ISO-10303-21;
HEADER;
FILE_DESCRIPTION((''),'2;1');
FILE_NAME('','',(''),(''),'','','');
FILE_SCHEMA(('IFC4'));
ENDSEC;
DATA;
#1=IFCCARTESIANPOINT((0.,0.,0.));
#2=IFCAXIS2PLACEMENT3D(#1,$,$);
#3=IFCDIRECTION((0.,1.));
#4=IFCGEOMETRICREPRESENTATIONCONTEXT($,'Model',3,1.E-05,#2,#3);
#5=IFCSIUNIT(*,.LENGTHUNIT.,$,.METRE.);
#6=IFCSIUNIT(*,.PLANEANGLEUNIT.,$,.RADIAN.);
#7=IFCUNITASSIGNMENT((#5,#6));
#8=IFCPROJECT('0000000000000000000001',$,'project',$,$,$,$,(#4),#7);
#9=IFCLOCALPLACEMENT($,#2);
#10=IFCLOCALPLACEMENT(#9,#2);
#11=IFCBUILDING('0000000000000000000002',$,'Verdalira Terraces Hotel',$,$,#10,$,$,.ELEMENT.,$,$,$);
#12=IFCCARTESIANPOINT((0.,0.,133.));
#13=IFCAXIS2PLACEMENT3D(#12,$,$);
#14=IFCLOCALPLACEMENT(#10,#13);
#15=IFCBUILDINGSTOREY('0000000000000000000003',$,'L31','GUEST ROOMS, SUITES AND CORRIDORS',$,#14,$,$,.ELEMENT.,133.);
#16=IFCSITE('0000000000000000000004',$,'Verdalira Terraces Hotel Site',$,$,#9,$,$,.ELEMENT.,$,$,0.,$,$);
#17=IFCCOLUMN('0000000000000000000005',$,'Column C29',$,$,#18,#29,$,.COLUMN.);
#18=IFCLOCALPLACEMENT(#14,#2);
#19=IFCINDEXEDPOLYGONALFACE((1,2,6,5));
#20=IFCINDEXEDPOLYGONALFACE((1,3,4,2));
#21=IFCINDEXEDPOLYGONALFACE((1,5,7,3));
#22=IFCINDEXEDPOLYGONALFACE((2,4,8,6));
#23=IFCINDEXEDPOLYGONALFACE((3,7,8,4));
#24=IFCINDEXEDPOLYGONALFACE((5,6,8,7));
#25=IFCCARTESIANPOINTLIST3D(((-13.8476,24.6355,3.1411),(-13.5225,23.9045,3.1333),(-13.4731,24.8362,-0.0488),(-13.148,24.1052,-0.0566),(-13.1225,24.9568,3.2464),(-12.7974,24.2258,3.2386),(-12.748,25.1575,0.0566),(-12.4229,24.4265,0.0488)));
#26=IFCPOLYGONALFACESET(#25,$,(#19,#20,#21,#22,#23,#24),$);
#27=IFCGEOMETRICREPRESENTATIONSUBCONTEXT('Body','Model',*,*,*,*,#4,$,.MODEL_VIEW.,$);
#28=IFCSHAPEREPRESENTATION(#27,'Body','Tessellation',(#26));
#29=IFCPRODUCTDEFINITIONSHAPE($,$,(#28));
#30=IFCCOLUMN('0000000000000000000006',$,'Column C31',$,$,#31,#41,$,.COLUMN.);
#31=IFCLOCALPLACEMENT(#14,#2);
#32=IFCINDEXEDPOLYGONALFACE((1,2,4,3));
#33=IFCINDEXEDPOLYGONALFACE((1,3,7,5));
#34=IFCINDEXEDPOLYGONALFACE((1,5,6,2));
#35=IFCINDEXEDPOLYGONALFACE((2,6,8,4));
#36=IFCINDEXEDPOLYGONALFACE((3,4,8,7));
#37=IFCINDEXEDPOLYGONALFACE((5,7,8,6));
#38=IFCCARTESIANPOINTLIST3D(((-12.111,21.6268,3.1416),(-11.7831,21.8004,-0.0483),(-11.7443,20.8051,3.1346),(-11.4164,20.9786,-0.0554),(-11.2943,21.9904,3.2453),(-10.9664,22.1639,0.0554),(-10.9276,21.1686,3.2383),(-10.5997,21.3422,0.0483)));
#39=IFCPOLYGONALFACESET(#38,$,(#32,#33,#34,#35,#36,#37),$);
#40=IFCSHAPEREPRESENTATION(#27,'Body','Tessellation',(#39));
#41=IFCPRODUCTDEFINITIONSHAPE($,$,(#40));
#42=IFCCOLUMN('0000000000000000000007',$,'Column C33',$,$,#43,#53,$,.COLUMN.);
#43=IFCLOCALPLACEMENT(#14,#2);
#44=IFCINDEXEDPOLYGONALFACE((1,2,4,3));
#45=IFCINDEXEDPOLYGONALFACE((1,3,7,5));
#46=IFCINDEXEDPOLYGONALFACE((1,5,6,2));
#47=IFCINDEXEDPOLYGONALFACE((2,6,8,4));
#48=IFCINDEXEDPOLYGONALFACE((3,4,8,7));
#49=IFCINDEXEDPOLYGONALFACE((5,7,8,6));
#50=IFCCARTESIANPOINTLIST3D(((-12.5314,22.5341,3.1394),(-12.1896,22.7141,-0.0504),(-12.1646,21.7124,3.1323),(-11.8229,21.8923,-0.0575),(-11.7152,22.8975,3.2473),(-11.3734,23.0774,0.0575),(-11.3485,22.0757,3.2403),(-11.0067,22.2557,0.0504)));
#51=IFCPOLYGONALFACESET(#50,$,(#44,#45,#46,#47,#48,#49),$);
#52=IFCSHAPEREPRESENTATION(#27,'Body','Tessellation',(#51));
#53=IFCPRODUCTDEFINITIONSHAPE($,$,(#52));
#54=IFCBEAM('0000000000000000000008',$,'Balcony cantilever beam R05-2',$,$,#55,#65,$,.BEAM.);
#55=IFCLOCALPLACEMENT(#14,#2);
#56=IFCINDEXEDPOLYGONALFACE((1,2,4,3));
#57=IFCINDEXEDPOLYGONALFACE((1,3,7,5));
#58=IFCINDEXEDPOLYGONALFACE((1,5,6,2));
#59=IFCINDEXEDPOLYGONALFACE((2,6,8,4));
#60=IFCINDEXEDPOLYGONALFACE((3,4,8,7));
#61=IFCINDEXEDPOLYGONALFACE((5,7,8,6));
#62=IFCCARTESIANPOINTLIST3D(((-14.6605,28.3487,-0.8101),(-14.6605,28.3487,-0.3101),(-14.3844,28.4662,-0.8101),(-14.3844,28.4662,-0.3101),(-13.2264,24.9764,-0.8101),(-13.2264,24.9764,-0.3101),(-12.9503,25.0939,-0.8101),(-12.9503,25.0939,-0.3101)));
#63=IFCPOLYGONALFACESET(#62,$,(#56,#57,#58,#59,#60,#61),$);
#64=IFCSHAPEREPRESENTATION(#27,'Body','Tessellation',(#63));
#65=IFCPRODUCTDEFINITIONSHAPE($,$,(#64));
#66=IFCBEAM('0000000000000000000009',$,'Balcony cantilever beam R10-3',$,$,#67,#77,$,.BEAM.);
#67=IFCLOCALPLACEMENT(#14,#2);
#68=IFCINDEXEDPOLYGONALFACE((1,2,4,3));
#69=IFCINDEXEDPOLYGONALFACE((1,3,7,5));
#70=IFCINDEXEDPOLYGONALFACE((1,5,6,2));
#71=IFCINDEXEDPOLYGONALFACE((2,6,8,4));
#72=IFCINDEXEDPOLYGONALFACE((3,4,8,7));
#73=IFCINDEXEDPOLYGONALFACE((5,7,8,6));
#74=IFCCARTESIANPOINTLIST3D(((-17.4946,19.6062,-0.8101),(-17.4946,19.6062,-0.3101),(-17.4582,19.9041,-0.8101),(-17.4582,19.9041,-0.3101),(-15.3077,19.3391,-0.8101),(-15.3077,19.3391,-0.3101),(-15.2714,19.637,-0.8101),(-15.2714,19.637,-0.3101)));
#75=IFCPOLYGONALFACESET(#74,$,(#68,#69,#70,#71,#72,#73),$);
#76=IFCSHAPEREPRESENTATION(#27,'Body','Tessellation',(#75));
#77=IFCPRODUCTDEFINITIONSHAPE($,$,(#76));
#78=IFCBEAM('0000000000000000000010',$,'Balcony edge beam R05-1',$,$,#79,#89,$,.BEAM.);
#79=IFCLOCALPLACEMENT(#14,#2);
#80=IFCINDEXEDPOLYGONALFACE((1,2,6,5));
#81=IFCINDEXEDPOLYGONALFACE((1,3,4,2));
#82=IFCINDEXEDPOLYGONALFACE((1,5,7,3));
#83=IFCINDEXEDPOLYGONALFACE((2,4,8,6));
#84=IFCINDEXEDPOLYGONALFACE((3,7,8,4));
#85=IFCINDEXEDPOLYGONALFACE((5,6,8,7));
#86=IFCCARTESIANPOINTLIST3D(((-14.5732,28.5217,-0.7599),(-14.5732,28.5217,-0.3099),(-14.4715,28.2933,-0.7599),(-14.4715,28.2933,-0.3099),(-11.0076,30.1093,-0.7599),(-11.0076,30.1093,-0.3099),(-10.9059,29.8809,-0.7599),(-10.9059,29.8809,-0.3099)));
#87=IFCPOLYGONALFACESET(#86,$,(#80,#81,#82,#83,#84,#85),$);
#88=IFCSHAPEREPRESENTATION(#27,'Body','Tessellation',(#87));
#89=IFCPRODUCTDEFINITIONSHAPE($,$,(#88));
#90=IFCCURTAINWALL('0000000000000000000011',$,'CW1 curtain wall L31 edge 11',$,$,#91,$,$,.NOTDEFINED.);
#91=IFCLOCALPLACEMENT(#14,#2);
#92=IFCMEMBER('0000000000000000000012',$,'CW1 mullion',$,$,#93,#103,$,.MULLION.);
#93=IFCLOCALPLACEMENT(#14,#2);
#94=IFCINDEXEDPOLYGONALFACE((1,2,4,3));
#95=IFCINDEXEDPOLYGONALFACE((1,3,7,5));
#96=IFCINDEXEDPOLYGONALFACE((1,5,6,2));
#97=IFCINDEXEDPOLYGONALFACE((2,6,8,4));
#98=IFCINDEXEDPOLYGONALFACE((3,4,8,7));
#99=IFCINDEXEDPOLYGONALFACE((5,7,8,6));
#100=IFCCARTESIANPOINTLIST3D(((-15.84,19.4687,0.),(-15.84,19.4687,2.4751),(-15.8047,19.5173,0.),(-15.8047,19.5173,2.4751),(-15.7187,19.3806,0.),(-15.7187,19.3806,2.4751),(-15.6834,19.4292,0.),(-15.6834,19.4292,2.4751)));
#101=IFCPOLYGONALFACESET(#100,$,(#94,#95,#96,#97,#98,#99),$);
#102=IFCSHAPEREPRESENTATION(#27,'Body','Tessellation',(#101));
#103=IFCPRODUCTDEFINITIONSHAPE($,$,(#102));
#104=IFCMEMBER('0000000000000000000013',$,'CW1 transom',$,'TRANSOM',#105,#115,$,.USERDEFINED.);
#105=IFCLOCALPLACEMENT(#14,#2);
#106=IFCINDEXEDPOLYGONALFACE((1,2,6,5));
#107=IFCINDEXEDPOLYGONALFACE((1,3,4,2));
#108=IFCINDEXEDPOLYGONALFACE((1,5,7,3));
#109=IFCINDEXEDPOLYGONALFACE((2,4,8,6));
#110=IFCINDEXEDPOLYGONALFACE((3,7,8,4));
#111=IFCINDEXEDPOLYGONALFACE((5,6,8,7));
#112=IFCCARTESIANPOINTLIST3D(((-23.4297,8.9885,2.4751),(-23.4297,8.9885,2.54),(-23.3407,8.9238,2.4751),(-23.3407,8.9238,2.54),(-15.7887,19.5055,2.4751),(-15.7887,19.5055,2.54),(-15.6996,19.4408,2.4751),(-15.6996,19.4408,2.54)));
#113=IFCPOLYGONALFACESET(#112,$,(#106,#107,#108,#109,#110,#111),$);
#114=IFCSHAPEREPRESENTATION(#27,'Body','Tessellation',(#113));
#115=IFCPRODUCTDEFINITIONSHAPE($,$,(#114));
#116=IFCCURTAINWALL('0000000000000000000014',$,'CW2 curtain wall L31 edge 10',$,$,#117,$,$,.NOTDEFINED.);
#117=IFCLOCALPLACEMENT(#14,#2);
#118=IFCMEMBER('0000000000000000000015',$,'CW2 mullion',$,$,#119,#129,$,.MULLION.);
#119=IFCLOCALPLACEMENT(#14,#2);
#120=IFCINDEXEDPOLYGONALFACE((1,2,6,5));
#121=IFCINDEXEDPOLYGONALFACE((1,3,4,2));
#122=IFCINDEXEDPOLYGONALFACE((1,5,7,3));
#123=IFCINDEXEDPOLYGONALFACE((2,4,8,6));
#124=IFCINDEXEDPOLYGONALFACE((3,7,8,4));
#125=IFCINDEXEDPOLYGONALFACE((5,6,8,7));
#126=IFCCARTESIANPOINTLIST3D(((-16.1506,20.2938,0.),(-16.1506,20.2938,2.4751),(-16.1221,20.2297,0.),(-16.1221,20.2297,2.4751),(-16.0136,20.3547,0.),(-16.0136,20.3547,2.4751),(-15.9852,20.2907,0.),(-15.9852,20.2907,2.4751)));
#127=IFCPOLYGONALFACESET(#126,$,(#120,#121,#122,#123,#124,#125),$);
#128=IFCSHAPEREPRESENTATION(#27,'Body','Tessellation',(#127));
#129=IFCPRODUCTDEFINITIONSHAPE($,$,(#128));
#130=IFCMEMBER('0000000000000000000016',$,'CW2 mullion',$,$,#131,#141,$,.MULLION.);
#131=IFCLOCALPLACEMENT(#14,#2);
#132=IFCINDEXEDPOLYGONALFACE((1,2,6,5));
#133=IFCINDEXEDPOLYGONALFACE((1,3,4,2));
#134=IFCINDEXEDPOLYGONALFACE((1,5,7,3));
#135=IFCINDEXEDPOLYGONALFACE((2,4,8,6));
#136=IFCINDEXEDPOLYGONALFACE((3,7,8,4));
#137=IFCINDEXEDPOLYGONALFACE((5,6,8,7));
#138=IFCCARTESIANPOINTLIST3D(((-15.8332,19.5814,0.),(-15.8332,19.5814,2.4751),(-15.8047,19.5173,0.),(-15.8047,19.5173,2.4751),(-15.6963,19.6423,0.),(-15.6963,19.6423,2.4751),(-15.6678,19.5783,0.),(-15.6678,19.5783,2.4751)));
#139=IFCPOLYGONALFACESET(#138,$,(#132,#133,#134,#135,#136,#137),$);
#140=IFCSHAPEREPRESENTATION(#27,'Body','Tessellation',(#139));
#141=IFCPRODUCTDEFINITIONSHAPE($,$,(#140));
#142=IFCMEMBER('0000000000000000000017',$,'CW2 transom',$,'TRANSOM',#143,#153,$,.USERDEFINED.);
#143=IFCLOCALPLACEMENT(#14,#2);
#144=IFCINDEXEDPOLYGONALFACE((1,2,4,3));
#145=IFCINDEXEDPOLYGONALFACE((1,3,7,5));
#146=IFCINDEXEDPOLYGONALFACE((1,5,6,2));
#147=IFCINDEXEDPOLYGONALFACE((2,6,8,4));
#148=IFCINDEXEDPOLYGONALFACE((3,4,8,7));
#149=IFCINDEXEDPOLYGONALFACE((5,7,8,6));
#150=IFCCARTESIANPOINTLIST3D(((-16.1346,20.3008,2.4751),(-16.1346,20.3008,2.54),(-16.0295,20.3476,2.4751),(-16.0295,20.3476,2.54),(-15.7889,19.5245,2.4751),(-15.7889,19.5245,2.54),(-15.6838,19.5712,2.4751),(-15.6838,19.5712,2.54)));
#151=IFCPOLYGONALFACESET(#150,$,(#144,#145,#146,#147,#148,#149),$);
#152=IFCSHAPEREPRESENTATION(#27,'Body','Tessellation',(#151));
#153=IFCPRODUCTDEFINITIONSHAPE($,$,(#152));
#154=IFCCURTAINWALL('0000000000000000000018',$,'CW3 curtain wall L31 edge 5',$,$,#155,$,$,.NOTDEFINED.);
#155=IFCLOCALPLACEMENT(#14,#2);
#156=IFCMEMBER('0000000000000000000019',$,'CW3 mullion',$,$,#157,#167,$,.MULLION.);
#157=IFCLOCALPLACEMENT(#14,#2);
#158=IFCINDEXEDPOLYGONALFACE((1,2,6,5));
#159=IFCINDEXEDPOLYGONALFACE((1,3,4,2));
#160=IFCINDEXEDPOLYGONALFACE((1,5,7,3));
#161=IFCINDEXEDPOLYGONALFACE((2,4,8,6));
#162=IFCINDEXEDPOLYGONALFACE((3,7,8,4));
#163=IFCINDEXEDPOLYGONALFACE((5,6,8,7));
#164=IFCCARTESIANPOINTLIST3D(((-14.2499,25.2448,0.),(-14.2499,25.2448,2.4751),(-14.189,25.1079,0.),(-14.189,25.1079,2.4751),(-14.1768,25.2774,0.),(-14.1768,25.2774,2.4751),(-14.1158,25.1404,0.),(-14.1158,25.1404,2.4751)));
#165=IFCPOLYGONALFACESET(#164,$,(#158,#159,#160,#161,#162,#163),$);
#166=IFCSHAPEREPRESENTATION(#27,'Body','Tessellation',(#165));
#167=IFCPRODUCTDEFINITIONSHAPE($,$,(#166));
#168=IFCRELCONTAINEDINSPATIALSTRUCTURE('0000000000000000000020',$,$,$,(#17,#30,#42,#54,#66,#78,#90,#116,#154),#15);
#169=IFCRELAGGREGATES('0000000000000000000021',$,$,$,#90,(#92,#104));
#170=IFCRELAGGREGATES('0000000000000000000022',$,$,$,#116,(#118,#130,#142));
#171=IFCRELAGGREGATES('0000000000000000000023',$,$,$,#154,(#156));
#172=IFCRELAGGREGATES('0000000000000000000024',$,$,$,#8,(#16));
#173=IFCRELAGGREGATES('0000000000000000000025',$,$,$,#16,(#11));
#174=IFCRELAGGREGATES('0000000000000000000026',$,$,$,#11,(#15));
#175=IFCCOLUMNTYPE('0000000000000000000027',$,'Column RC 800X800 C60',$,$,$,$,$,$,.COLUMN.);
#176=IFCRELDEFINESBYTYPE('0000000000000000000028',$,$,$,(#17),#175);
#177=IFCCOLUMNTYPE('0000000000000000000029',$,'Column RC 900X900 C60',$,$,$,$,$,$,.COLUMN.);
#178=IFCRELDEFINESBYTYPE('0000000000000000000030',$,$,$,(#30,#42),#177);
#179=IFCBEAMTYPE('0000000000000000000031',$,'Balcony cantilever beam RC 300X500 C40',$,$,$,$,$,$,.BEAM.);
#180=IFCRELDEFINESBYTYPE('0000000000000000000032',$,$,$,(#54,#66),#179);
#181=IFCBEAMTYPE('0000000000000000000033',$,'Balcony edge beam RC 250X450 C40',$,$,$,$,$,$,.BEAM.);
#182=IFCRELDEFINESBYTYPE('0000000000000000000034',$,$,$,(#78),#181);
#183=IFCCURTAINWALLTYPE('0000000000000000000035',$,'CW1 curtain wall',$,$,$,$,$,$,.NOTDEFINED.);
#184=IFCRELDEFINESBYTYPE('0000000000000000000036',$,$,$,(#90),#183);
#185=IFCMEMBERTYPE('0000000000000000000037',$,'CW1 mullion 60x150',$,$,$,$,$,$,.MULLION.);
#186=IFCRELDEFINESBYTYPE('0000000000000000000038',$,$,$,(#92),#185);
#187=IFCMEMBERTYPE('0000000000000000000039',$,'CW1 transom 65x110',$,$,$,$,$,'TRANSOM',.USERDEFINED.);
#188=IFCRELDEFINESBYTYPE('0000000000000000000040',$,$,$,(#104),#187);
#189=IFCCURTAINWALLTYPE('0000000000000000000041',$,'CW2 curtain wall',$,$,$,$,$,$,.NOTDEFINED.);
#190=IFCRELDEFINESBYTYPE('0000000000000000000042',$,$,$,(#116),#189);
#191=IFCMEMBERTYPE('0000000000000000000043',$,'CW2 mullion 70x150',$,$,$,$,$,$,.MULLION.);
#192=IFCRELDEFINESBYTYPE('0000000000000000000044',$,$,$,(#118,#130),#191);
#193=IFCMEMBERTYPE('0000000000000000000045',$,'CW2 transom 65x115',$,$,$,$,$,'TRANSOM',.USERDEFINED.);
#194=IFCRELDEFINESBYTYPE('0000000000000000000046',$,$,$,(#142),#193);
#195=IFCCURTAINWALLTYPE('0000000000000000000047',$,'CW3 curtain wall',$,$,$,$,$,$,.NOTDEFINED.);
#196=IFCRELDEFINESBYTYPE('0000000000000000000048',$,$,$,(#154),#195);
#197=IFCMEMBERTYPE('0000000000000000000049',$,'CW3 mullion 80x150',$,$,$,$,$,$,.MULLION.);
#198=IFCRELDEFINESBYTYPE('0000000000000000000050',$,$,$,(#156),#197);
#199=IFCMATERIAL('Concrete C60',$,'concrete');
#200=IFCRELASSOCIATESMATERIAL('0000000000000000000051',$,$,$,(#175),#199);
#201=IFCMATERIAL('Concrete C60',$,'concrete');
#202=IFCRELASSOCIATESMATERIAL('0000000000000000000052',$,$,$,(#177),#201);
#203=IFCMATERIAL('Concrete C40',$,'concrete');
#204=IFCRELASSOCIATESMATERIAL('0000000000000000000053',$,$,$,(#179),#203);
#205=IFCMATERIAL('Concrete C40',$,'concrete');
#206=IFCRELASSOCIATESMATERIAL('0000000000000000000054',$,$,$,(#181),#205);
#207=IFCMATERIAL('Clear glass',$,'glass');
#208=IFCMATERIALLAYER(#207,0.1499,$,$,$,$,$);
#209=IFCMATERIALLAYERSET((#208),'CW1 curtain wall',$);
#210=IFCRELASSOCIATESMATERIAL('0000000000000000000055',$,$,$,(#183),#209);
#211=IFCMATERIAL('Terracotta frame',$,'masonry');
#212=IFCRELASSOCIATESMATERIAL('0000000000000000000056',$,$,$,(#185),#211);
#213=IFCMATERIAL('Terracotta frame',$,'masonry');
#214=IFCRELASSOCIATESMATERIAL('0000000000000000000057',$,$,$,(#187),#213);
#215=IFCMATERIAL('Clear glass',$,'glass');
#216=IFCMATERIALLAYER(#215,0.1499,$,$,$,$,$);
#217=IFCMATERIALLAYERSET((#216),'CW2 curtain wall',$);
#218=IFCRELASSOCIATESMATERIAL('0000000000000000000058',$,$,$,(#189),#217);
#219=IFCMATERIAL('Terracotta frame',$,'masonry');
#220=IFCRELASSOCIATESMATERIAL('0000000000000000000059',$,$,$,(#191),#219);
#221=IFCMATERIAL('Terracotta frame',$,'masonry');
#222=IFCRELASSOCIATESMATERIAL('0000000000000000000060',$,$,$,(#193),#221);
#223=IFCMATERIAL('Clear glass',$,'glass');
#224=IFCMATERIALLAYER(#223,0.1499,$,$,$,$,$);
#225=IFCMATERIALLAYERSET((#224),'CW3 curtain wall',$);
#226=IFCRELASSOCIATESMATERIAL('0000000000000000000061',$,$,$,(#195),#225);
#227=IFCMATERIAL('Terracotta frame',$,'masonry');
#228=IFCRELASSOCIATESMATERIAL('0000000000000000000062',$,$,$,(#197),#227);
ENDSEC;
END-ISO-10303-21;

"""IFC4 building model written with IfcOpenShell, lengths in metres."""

from ifc_helpers import new_model, si_unit, direction, frame, origin, origin_2d, place, context, subcontext, project, spatial, rectangle, extrude, material, layer, layer_set, material_profile, profile_set, type_object, element, aggregate, save


model = new_model("IFC4")

# Units and contexts
model_context = context("Model", 3, precision=1e-05, world=origin(), true_north=direction((0.0, 1.0)))
body_context = subcontext(model_context, "Body", "Model", "MODEL_VIEW")
ifc_project = project(units=[si_unit("LENGTHUNIT", "METRE"), si_unit("PLANEANGLEUNIT", "RADIAN")], contexts=[model_context])

# Site, building, storey
site_placement = place(None, origin())
site = spatial("IfcSite", under=ifc_project, at=site_placement, Name="Verdalira Terraces Hotel Site", CompositionType="ELEMENT", RefElevation=0.0)
building_placement = place(site_placement, origin())
building = spatial("IfcBuilding", under=site, at=building_placement, Name="Verdalira Terraces Hotel", CompositionType="ELEMENT")
storey_placement = place(building_placement, frame((0.0, 0.0, 133.0)))
storey = spatial("IfcBuildingStorey", under=building, at=storey_placement, Name="L31", Description="GUEST ROOMS, SUITES AND CORRIDORS", CompositionType="ELEMENT", Elevation=133.0)

# Columns
ifc_material_1 = material(Name="Concrete C60", Category="concrete")
ifc_material_profile_1 = material_profile(ifc_material_1, rectangle(XDim=0.8, YDim=0.8, at=origin_2d()), Name="RC 800X800")
ifc_profile_set_1 = profile_set([ifc_material_profile_1], Name="Concrete C60")
column_type_1 = type_object("IfcColumnType", Name="Column RC 800X800 C60", PredefinedType="COLUMN", material=ifc_profile_set_1)
column_1_placement = place(storey_placement, frame((-12.948, 24.6313, 0.0), z_axis=(-0.116376, -0.062361, 0.991246), x_axis=(-0.906287, -0.401631, -0.131669)))
element("IfcColumn", 1, at=column_1_placement, inside=storey, type_object=column_type_1, Name="Column C29", PredefinedType="COLUMN", context=body_context, shape_type="SweptSolid", body=[
    extrude(rectangle(XDim=0.8, YDim=0.8, at=origin_2d()), origin(), (0.0, 0.0, 1.0), 3.218),
])
ifc_material_2 = material(Name="Concrete C60", Category="concrete")
ifc_material_profile_2 = material_profile(ifc_material_2, rectangle(XDim=0.8999, YDim=0.8999, at=origin_2d()), Name="RC 900X900")
ifc_profile_set_2 = profile_set([ifc_material_profile_2], Name="Concrete C60")
column_type_2 = type_object("IfcColumnType", Name="Column RC 900X900 C60", PredefinedType="COLUMN", material=ifc_profile_set_2)
column_2_placement = place(storey_placement, frame((-11.1914, 21.5713, 0.0), z_axis=(-0.102098, -0.054052, 0.993305), x_axis=(-0.407498, 0.913173, 0.007806)))
element("IfcColumn", 2, at=column_2_placement, inside=storey, type_object=column_type_2, Name="Column C31", PredefinedType="COLUMN", context=body_context, shape_type="SweptSolid", body=[
    extrude(rectangle(XDim=0.8999, YDim=0.8999, at=origin_2d()), origin(), (0.0, 0.0, 1.0), 3.2114),
])
column_3_placement = place(storey_placement, frame((-11.5981, 22.4849, 0.0), z_axis=(-0.106371, -0.055997, 0.992748), x_axis=(-0.407558, 0.913146, 0.007838)))
element("IfcColumn", 3, at=column_3_placement, inside=storey, type_object=column_type_2, Name="Column C33", PredefinedType="COLUMN", context=body_context, shape_type="SweptSolid", body=[
    extrude(rectangle(XDim=0.8999, YDim=0.8999, at=origin_2d()), origin(), (0.0, 0.0, 1.0), 3.2131),
])

# Beams
ifc_material_3 = material(Name="Concrete C40", Category="concrete")
ifc_material_profile_3 = material_profile(ifc_material_3, rectangle(XDim=0.3, YDim=0.5, at=origin_2d()), Name="RC 300X500")
ifc_profile_set_3 = profile_set([ifc_material_profile_3], Name="Concrete C40")
beam_type_1 = type_object("IfcBeamType", Name="Balcony cantilever beam RC 300X500 C40", PredefinedType="BEAM", material=ifc_profile_set_3)
beam_1_placement = place(storey_placement, frame((-13.0884, 25.0352, -0.5601), z_axis=(-0.391337, 0.920248, 0.0), x_axis=(-0.920248, -0.391337, 0.0)))
element("IfcBeam", 4, at=beam_1_placement, inside=storey, type_object=beam_type_1, Name="Balcony cantilever beam R05-2", PredefinedType="BEAM", context=body_context, shape_type="SweptSolid", body=[
    extrude(rectangle(XDim=0.3, YDim=0.5, at=origin_2d()), origin(), (0.0, 0.0, 1.0), 3.6646),
])
beam_2_placement = place(storey_placement, frame((-15.2896, 19.488, -0.5601), z_axis=(-0.992623, 0.121238, 0.0), x_axis=(-0.121238, -0.992623, 0.0)))
element("IfcBeam", 5, at=beam_2_placement, inside=storey, type_object=beam_type_1, Name="Balcony cantilever beam R10-3", PredefinedType="BEAM", context=body_context, shape_type="SweptSolid", body=[
    extrude(rectangle(XDim=0.3, YDim=0.5, at=origin_2d()), origin(), (0.0, 0.0, 1.0), 2.2031),
])
ifc_material_4 = material(Name="Concrete C40", Category="concrete")
ifc_material_profile_4 = material_profile(ifc_material_4, rectangle(XDim=0.25, YDim=0.45, at=origin_2d()), Name="RC 250X450")
ifc_profile_set_4 = profile_set([ifc_material_profile_4], Name="Concrete C40")
beam_type_2 = type_object("IfcBeamType", Name="Balcony edge beam RC 250X450 C40", PredefinedType="BEAM", material=ifc_profile_set_4)
beam_3_placement = place(storey_placement, frame((-10.9568, 29.9951, -0.5349), z_axis=(-0.913535, -0.406759, 0.0), x_axis=(0.406759, -0.913535, 0.0)))
element("IfcBeam", 6, at=beam_3_placement, inside=storey, type_object=beam_type_2, Name="Balcony edge beam R05-1", PredefinedType="BEAM", context=body_context, shape_type="SweptSolid", body=[
    extrude(rectangle(XDim=0.25, YDim=0.45, at=origin_2d()), origin(), (0.0, 0.0, 1.0), 3.9031),
])

# Curtain walls, members
ifc_material_5 = material(Name="Clear glass", Category="glass")
ifc_layer_1 = layer(ifc_material_5, 0.1499)
ifc_layer_set_1 = layer_set([ifc_layer_1], Name="CW1 curtain wall")
curtain_wall_type_1 = type_object("IfcCurtainWallType", Name="CW1 curtain wall", PredefinedType="NOTDEFINED", material=ifc_layer_set_1)
curtain_wall_1_placement = place(storey_placement, origin())
curtain_wall_1 = element("IfcCurtainWall", 7, at=curtain_wall_1_placement, inside=storey, type_object=curtain_wall_type_1, Name="CW1 curtain wall L31 edge 11", PredefinedType="NOTDEFINED")
ifc_material_6 = material(Name="Terracotta frame", Category="masonry")
ifc_material_profile_5 = material_profile(ifc_material_6, rectangle(XDim=0.0601, YDim=0.1499, at=origin_2d()), Name="MU 60x150")
ifc_profile_set_5 = profile_set([ifc_material_profile_5], Name="Terracotta frame")
member_type_1 = type_object("IfcMemberType", Name="CW1 mullion 60x150", PredefinedType="MULLION", material=ifc_profile_set_5)
member_1_placement = place(storey_placement, frame((-15.7617, 19.449, 0.0), z_axis=(0.0, 0.0, 1.0), x_axis=(-0.587785, -0.809017, 0.0)))
member_1 = element("IfcMember", 8, at=member_1_placement, type_object=member_type_1, Name="CW1 mullion", PredefinedType="MULLION", context=body_context, shape_type="SweptSolid", body=[
    extrude(rectangle(XDim=0.0601, YDim=0.1499, at=origin_2d()), origin(), (0.0, 0.0, 1.0), 2.4751),
])
ifc_material_7 = material(Name="Terracotta frame", Category="masonry")
ifc_material_profile_6 = material_profile(ifc_material_7, rectangle(XDim=0.1101, YDim=0.0649, at=origin_2d()), Name="TR 65x110")
ifc_profile_set_6 = profile_set([ifc_material_profile_6], Name="Terracotta frame")
member_type_2 = type_object("IfcMemberType", Name="CW1 transom 65x110", ElementType="TRANSOM", PredefinedType="USERDEFINED", material=ifc_profile_set_6)
member_2_placement = place(storey_placement, frame((-15.7441, 19.4731, 2.5076), z_axis=(-0.587785, -0.809017, 0.0), x_axis=(0.809017, -0.587785, 0.0)))
member_2 = element("IfcMember", 9, at=member_2_placement, type_object=member_type_2, Name="CW1 transom", ObjectType="TRANSOM", PredefinedType="USERDEFINED", context=body_context, shape_type="SweptSolid", body=[
    extrude(rectangle(XDim=0.1101, YDim=0.0649, at=origin_2d()), origin(), (0.0, 0.0, 1.0), 12.9998),
])
aggregate(curtain_wall_1, [member_1, member_2])
ifc_material_8 = material(Name="Clear glass", Category="glass")
ifc_layer_2 = layer(ifc_material_8, 0.1499)
ifc_layer_set_2 = layer_set([ifc_layer_2], Name="CW2 curtain wall")
curtain_wall_type_2 = type_object("IfcCurtainWallType", Name="CW2 curtain wall", PredefinedType="NOTDEFINED", material=ifc_layer_set_2)
curtain_wall_2_placement = place(storey_placement, origin())
curtain_wall_2 = element("IfcCurtainWall", 10, at=curtain_wall_2_placement, inside=storey, type_object=curtain_wall_type_2, Name="CW2 curtain wall L31 edge 10", PredefinedType="NOTDEFINED")
ifc_material_9 = material(Name="Terracotta frame", Category="masonry")
ifc_material_profile_7 = material_profile(ifc_material_9, rectangle(XDim=0.0701, YDim=0.1499, at=origin_2d()), Name="MU 70x150")
ifc_profile_set_7 = profile_set([ifc_material_profile_7], Name="Terracotta frame")
member_type_3 = type_object("IfcMemberType", Name="CW2 mullion 70x150", PredefinedType="MULLION", material=ifc_profile_set_7)
member_3_placement = place(storey_placement, frame((-16.0679, 20.2922, 0.0), z_axis=(0.0, 0.0, 1.0), x_axis=(0.406737, -0.913545, 0.0)))
member_3 = element("IfcMember", 11, at=member_3_placement, type_object=member_type_3, Name="CW2 mullion", PredefinedType="MULLION", context=body_context, shape_type="SweptSolid", body=[
    extrude(rectangle(XDim=0.0701, YDim=0.1499, at=origin_2d()), origin(), (0.0, 0.0, 1.0), 2.4751),
])
member_4_placement = place(storey_placement, frame((-15.7505, 19.5798, 0.0), z_axis=(0.0, 0.0, 1.0), x_axis=(0.406737, -0.913545, 0.0)))
member_4 = element("IfcMember", 12, at=member_4_placement, type_object=member_type_3, Name="CW2 mullion", PredefinedType="MULLION", context=body_context, shape_type="SweptSolid", body=[
    extrude(rectangle(XDim=0.0701, YDim=0.1499, at=origin_2d()), origin(), (0.0, 0.0, 1.0), 2.4751),
])
ifc_material_10 = material(Name="Terracotta frame", Category="masonry")
ifc_material_profile_8 = material_profile(ifc_material_10, rectangle(XDim=0.115, YDim=0.0649, at=origin_2d()), Name="TR 65x115")
ifc_profile_set_8 = profile_set([ifc_material_profile_8], Name="Terracotta frame")
member_type_4 = type_object("IfcMemberType", Name="CW2 transom 65x115", ElementType="TRANSOM", PredefinedType="USERDEFINED", material=ifc_profile_set_8)
member_5_placement = place(storey_placement, frame((-16.082, 20.3242, 2.5076), z_axis=(0.406778, -0.913527, 0.0), x_axis=(0.913527, 0.406778, 0.0)))
member_5 = element("IfcMember", 13, at=member_5_placement, type_object=member_type_4, Name="CW2 transom", ObjectType="TRANSOM", PredefinedType="USERDEFINED", context=body_context, shape_type="SweptSolid", body=[
    extrude(rectangle(XDim=0.115, YDim=0.0649, at=origin_2d()), origin(), (0.0, 0.0, 1.0), 0.8499),
])

# Curtain wall, member
ifc_material_11 = material(Name="Clear glass", Category="glass")
ifc_layer_3 = layer(ifc_material_11, 0.1499)
ifc_layer_set_3 = layer_set([ifc_layer_3], Name="CW3 curtain wall")
curtain_wall_type_3 = type_object("IfcCurtainWallType", Name="CW3 curtain wall", PredefinedType="NOTDEFINED", material=ifc_layer_set_3)
curtain_wall_3_placement = place(storey_placement, origin())
curtain_wall_3 = element("IfcCurtainWall", 14, at=curtain_wall_3_placement, inside=storey, type_object=curtain_wall_type_3, Name="CW3 curtain wall L31 edge 5", PredefinedType="NOTDEFINED")
ifc_material_12 = material(Name="Terracotta frame", Category="masonry")
ifc_material_profile_9 = material_profile(ifc_material_12, rectangle(XDim=0.0801, YDim=0.1499, at=origin_2d()), Name="MU 80x150")
ifc_profile_set_9 = profile_set([ifc_material_profile_9], Name="Terracotta frame")
member_type_5 = type_object("IfcMemberType", Name="CW3 mullion 80x150", PredefinedType="MULLION", material=ifc_profile_set_9)
member_6_placement = place(storey_placement, frame((-14.1829, 25.1926, 0.0), z_axis=(0.0, 0.0, 1.0), x_axis=(-0.913545, -0.406737, 0.0)))
member_6 = element("IfcMember", 15, at=member_6_placement, type_object=member_type_5, Name="CW3 mullion", PredefinedType="MULLION", context=body_context, shape_type="SweptSolid", body=[
    extrude(rectangle(XDim=0.0801, YDim=0.1499, at=origin_2d()), origin(), (0.0, 0.0, 1.0), 2.4751),
])

aggregate(curtain_wall_2, [member_3, member_4, member_5])
aggregate(curtain_wall_3, [member_6])

save(model, "model.ifc")
